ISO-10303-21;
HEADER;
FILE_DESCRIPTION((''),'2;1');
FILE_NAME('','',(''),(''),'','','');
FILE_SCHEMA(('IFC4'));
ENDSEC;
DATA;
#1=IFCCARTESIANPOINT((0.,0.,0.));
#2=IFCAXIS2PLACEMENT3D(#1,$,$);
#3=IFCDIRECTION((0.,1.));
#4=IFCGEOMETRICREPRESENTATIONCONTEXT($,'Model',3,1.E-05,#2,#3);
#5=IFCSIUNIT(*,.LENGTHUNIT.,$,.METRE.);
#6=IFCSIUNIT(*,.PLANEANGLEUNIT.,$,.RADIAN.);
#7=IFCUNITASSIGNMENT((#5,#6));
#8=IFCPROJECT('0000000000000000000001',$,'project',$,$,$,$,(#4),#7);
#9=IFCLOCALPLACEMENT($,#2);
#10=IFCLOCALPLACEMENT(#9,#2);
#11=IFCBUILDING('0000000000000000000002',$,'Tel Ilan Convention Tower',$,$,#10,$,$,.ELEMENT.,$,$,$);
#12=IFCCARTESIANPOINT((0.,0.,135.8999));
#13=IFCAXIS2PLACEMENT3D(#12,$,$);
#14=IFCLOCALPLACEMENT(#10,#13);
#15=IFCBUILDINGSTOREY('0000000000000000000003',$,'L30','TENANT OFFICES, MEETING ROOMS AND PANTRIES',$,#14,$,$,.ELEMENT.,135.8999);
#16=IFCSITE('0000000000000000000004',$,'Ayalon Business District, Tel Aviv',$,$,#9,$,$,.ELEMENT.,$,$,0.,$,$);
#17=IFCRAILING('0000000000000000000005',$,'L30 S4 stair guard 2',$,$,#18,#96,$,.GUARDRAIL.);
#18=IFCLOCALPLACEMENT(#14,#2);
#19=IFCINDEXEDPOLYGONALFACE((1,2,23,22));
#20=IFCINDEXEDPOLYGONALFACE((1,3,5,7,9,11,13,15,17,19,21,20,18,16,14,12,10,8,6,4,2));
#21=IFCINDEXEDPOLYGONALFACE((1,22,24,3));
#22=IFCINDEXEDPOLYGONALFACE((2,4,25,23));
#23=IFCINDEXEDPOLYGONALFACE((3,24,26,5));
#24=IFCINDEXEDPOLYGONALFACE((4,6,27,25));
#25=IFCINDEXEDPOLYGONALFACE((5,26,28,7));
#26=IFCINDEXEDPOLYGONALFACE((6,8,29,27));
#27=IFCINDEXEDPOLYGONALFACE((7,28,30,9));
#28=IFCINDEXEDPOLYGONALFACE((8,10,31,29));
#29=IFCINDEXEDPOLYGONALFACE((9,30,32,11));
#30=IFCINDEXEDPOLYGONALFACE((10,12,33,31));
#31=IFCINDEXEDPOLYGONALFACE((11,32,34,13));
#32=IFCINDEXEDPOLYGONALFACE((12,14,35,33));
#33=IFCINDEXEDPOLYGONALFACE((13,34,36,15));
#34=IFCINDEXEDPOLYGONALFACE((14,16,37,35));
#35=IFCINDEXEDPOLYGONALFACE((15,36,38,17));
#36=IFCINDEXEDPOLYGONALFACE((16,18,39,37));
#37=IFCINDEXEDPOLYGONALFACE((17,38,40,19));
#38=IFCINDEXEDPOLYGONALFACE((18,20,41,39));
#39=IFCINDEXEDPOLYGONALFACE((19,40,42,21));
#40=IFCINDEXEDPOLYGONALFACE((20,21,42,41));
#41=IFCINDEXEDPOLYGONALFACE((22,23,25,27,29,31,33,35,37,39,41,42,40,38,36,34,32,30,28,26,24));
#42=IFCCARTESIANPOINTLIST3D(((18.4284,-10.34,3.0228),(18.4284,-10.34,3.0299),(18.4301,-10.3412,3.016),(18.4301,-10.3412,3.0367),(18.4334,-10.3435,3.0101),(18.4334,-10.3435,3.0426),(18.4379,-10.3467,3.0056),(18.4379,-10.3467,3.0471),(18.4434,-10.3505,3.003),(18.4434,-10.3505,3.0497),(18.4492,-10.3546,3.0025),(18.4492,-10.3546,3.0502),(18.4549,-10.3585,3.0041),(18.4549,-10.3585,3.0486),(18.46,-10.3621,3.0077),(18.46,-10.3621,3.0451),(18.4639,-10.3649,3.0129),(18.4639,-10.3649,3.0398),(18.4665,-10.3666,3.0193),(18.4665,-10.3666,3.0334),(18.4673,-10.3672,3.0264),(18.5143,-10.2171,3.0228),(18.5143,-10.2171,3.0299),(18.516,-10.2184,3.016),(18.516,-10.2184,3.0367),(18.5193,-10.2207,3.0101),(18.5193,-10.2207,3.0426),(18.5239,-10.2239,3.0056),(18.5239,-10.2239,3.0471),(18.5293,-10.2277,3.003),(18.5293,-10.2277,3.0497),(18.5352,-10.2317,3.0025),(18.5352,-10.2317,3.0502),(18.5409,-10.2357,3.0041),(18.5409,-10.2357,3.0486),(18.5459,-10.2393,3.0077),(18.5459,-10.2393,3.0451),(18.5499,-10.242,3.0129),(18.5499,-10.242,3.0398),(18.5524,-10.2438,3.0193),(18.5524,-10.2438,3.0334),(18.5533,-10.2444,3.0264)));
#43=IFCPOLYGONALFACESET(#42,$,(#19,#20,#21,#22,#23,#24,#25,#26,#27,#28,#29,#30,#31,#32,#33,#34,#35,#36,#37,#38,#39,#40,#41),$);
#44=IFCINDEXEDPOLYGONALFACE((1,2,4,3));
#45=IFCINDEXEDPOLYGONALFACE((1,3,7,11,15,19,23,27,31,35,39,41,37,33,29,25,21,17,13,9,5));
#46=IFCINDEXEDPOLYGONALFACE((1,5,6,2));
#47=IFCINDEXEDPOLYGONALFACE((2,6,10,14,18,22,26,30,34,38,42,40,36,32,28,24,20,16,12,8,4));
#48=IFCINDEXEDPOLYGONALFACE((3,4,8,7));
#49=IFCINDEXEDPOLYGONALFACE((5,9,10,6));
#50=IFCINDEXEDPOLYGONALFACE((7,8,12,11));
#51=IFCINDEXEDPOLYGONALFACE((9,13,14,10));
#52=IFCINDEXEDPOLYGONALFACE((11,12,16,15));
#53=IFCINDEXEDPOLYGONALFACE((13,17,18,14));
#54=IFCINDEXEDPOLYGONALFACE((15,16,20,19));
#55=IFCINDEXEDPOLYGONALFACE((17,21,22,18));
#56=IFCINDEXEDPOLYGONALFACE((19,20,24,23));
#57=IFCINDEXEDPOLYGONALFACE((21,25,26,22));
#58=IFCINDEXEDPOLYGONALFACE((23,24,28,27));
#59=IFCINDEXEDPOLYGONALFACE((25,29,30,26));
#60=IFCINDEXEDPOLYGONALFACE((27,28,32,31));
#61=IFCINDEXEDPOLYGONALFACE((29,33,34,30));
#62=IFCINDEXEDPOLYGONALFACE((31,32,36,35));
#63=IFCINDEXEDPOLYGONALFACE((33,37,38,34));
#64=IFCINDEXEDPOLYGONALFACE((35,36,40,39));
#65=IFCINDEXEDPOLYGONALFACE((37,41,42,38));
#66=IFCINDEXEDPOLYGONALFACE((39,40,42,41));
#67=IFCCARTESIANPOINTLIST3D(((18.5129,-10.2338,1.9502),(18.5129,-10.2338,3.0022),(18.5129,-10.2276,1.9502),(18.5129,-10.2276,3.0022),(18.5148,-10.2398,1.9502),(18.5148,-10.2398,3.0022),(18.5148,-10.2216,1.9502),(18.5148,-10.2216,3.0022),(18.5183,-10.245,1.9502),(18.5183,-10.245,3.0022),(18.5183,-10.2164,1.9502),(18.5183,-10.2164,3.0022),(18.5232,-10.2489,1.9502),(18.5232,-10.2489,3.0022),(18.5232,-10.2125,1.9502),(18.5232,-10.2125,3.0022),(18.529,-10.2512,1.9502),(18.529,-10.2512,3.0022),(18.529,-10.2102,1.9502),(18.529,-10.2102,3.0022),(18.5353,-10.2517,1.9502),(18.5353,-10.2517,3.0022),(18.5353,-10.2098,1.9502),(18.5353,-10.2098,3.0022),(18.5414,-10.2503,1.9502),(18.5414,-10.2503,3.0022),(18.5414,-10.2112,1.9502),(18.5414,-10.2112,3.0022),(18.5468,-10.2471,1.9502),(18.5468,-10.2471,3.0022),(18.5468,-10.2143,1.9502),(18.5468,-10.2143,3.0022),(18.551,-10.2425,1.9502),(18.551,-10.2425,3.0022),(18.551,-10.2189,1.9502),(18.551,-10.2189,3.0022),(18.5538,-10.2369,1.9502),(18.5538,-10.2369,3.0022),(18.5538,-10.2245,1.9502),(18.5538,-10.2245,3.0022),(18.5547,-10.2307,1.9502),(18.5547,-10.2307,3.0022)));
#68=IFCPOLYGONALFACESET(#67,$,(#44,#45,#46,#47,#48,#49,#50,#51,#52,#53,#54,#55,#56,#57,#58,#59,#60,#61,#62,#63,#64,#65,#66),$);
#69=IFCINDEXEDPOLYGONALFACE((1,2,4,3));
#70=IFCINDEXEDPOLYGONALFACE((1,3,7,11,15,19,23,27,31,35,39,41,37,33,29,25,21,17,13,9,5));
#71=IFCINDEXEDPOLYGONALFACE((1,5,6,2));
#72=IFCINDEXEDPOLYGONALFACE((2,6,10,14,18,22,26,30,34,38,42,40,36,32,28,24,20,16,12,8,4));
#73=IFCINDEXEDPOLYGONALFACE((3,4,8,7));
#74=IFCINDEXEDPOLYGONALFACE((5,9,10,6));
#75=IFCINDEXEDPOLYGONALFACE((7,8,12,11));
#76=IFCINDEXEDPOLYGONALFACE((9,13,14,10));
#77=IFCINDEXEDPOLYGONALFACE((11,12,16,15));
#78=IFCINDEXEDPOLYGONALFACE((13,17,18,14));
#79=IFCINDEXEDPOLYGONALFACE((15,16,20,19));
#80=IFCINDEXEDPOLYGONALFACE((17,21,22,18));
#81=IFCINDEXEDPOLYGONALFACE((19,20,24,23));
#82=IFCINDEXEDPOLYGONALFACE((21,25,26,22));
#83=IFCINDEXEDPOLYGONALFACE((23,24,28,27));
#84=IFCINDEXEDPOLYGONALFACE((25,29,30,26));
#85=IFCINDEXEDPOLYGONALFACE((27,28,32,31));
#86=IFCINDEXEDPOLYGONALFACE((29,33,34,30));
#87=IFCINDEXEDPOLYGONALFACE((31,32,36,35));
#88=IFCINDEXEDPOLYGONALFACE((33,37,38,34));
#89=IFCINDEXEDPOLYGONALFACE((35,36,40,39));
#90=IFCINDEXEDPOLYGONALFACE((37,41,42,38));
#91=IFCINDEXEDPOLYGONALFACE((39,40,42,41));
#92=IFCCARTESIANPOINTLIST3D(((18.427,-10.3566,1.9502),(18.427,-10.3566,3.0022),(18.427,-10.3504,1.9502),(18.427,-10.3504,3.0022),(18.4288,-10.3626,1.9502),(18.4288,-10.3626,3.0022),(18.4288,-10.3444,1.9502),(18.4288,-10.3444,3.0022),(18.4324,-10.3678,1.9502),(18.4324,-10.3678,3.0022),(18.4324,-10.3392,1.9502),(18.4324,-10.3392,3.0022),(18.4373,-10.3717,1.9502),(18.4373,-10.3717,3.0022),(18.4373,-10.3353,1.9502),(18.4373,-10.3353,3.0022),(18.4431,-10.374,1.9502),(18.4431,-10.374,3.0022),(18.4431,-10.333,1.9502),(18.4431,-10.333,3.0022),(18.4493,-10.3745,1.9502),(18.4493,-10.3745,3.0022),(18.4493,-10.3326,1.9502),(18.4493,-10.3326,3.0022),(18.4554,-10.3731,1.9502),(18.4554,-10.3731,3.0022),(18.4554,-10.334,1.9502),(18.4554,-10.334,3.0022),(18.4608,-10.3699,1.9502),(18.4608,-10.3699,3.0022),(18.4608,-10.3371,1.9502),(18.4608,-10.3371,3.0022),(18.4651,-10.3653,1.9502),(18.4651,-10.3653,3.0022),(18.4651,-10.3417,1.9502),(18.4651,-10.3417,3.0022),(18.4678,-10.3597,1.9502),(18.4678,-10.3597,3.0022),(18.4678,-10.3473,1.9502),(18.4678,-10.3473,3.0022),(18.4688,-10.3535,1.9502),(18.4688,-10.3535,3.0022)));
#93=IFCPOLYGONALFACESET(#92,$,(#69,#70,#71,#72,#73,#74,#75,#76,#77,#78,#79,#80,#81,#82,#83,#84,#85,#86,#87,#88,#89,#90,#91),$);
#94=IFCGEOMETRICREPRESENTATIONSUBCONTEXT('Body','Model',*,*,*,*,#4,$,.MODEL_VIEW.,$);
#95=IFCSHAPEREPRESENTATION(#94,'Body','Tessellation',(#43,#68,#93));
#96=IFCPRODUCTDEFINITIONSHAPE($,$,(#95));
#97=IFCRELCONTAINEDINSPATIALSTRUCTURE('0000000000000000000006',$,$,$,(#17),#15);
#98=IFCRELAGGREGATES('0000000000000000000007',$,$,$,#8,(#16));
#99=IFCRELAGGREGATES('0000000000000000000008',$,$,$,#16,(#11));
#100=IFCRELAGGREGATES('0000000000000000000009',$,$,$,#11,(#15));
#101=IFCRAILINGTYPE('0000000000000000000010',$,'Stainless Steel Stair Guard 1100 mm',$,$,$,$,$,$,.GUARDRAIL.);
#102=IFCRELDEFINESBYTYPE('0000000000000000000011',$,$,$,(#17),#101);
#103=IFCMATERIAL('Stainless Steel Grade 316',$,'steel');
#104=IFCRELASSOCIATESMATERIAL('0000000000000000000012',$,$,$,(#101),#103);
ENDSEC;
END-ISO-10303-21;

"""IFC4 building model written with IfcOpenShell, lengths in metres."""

from ifc_helpers import new_model, si_unit, direction, frame, origin, origin_2d, place, context, subcontext, project, spatial, circle, extrude, material, type_object, element, save


model = new_model("IFC4")

# Units and contexts
model_context = context("Model", 3, precision=1e-05, world=origin(), true_north=direction((0.0, 1.0)))
body_context = subcontext(model_context, "Body", "Model", "MODEL_VIEW")
ifc_project = project(units=[si_unit("LENGTHUNIT", "METRE"), si_unit("PLANEANGLEUNIT", "RADIAN")], contexts=[model_context])

# Site, building, storey
site_placement = place(None, origin())
site = spatial("IfcSite", under=ifc_project, at=site_placement, Name="Ayalon Business District, Tel Aviv", CompositionType="ELEMENT", RefElevation=0.0)
building_placement = place(site_placement, origin())
building = spatial("IfcBuilding", under=site, at=building_placement, Name="Tel Ilan Convention Tower", CompositionType="ELEMENT")
storey_placement = place(building_placement, frame((0.0, 0.0, 135.8999)))
storey = spatial("IfcBuildingStorey", under=building, at=storey_placement, Name="L30", Description="TENANT OFFICES, MEETING ROOMS AND PANTRIES", CompositionType="ELEMENT", Elevation=135.8999)

# Railing
ifc_material_1 = material(Name="Stainless Steel Grade 316", Category="steel")
railing_type_1 = type_object("IfcRailingType", Name="Stainless Steel Stair Guard 1100 mm", PredefinedType="GUARDRAIL", material=ifc_material_1)
railing_1_placement = place(storey_placement, frame((18.5337, -10.2307, 1.9502)))
element("IfcRailing", 1, at=railing_1_placement, inside=storey, type_object=railing_type_1, Name="L30 S4 stair guard 2", PredefinedType="GUARDRAIL", context=body_context, shape_type="SweptSolid", body=[
    extrude(circle(Radius=0.0239, at=origin_2d()), frame((0.0, 0.0, 1.0762), z_axis=(-0.573353, -0.819308, 0.0), x_axis=(0.819308, -0.573353, 0.0)), (0.0, 0.0, 1.0), 0.1499),
    extrude(circle(Radius=0.021, at=origin_2d()), origin(), (0.0, 0.0, 1.0), 1.052),
    extrude(circle(Radius=0.021, at=origin_2d()), frame((-0.0859, -0.1228, 0.0)), (0.0, 0.0, 1.0), 1.052),
])

save(model, "model.ifc")
